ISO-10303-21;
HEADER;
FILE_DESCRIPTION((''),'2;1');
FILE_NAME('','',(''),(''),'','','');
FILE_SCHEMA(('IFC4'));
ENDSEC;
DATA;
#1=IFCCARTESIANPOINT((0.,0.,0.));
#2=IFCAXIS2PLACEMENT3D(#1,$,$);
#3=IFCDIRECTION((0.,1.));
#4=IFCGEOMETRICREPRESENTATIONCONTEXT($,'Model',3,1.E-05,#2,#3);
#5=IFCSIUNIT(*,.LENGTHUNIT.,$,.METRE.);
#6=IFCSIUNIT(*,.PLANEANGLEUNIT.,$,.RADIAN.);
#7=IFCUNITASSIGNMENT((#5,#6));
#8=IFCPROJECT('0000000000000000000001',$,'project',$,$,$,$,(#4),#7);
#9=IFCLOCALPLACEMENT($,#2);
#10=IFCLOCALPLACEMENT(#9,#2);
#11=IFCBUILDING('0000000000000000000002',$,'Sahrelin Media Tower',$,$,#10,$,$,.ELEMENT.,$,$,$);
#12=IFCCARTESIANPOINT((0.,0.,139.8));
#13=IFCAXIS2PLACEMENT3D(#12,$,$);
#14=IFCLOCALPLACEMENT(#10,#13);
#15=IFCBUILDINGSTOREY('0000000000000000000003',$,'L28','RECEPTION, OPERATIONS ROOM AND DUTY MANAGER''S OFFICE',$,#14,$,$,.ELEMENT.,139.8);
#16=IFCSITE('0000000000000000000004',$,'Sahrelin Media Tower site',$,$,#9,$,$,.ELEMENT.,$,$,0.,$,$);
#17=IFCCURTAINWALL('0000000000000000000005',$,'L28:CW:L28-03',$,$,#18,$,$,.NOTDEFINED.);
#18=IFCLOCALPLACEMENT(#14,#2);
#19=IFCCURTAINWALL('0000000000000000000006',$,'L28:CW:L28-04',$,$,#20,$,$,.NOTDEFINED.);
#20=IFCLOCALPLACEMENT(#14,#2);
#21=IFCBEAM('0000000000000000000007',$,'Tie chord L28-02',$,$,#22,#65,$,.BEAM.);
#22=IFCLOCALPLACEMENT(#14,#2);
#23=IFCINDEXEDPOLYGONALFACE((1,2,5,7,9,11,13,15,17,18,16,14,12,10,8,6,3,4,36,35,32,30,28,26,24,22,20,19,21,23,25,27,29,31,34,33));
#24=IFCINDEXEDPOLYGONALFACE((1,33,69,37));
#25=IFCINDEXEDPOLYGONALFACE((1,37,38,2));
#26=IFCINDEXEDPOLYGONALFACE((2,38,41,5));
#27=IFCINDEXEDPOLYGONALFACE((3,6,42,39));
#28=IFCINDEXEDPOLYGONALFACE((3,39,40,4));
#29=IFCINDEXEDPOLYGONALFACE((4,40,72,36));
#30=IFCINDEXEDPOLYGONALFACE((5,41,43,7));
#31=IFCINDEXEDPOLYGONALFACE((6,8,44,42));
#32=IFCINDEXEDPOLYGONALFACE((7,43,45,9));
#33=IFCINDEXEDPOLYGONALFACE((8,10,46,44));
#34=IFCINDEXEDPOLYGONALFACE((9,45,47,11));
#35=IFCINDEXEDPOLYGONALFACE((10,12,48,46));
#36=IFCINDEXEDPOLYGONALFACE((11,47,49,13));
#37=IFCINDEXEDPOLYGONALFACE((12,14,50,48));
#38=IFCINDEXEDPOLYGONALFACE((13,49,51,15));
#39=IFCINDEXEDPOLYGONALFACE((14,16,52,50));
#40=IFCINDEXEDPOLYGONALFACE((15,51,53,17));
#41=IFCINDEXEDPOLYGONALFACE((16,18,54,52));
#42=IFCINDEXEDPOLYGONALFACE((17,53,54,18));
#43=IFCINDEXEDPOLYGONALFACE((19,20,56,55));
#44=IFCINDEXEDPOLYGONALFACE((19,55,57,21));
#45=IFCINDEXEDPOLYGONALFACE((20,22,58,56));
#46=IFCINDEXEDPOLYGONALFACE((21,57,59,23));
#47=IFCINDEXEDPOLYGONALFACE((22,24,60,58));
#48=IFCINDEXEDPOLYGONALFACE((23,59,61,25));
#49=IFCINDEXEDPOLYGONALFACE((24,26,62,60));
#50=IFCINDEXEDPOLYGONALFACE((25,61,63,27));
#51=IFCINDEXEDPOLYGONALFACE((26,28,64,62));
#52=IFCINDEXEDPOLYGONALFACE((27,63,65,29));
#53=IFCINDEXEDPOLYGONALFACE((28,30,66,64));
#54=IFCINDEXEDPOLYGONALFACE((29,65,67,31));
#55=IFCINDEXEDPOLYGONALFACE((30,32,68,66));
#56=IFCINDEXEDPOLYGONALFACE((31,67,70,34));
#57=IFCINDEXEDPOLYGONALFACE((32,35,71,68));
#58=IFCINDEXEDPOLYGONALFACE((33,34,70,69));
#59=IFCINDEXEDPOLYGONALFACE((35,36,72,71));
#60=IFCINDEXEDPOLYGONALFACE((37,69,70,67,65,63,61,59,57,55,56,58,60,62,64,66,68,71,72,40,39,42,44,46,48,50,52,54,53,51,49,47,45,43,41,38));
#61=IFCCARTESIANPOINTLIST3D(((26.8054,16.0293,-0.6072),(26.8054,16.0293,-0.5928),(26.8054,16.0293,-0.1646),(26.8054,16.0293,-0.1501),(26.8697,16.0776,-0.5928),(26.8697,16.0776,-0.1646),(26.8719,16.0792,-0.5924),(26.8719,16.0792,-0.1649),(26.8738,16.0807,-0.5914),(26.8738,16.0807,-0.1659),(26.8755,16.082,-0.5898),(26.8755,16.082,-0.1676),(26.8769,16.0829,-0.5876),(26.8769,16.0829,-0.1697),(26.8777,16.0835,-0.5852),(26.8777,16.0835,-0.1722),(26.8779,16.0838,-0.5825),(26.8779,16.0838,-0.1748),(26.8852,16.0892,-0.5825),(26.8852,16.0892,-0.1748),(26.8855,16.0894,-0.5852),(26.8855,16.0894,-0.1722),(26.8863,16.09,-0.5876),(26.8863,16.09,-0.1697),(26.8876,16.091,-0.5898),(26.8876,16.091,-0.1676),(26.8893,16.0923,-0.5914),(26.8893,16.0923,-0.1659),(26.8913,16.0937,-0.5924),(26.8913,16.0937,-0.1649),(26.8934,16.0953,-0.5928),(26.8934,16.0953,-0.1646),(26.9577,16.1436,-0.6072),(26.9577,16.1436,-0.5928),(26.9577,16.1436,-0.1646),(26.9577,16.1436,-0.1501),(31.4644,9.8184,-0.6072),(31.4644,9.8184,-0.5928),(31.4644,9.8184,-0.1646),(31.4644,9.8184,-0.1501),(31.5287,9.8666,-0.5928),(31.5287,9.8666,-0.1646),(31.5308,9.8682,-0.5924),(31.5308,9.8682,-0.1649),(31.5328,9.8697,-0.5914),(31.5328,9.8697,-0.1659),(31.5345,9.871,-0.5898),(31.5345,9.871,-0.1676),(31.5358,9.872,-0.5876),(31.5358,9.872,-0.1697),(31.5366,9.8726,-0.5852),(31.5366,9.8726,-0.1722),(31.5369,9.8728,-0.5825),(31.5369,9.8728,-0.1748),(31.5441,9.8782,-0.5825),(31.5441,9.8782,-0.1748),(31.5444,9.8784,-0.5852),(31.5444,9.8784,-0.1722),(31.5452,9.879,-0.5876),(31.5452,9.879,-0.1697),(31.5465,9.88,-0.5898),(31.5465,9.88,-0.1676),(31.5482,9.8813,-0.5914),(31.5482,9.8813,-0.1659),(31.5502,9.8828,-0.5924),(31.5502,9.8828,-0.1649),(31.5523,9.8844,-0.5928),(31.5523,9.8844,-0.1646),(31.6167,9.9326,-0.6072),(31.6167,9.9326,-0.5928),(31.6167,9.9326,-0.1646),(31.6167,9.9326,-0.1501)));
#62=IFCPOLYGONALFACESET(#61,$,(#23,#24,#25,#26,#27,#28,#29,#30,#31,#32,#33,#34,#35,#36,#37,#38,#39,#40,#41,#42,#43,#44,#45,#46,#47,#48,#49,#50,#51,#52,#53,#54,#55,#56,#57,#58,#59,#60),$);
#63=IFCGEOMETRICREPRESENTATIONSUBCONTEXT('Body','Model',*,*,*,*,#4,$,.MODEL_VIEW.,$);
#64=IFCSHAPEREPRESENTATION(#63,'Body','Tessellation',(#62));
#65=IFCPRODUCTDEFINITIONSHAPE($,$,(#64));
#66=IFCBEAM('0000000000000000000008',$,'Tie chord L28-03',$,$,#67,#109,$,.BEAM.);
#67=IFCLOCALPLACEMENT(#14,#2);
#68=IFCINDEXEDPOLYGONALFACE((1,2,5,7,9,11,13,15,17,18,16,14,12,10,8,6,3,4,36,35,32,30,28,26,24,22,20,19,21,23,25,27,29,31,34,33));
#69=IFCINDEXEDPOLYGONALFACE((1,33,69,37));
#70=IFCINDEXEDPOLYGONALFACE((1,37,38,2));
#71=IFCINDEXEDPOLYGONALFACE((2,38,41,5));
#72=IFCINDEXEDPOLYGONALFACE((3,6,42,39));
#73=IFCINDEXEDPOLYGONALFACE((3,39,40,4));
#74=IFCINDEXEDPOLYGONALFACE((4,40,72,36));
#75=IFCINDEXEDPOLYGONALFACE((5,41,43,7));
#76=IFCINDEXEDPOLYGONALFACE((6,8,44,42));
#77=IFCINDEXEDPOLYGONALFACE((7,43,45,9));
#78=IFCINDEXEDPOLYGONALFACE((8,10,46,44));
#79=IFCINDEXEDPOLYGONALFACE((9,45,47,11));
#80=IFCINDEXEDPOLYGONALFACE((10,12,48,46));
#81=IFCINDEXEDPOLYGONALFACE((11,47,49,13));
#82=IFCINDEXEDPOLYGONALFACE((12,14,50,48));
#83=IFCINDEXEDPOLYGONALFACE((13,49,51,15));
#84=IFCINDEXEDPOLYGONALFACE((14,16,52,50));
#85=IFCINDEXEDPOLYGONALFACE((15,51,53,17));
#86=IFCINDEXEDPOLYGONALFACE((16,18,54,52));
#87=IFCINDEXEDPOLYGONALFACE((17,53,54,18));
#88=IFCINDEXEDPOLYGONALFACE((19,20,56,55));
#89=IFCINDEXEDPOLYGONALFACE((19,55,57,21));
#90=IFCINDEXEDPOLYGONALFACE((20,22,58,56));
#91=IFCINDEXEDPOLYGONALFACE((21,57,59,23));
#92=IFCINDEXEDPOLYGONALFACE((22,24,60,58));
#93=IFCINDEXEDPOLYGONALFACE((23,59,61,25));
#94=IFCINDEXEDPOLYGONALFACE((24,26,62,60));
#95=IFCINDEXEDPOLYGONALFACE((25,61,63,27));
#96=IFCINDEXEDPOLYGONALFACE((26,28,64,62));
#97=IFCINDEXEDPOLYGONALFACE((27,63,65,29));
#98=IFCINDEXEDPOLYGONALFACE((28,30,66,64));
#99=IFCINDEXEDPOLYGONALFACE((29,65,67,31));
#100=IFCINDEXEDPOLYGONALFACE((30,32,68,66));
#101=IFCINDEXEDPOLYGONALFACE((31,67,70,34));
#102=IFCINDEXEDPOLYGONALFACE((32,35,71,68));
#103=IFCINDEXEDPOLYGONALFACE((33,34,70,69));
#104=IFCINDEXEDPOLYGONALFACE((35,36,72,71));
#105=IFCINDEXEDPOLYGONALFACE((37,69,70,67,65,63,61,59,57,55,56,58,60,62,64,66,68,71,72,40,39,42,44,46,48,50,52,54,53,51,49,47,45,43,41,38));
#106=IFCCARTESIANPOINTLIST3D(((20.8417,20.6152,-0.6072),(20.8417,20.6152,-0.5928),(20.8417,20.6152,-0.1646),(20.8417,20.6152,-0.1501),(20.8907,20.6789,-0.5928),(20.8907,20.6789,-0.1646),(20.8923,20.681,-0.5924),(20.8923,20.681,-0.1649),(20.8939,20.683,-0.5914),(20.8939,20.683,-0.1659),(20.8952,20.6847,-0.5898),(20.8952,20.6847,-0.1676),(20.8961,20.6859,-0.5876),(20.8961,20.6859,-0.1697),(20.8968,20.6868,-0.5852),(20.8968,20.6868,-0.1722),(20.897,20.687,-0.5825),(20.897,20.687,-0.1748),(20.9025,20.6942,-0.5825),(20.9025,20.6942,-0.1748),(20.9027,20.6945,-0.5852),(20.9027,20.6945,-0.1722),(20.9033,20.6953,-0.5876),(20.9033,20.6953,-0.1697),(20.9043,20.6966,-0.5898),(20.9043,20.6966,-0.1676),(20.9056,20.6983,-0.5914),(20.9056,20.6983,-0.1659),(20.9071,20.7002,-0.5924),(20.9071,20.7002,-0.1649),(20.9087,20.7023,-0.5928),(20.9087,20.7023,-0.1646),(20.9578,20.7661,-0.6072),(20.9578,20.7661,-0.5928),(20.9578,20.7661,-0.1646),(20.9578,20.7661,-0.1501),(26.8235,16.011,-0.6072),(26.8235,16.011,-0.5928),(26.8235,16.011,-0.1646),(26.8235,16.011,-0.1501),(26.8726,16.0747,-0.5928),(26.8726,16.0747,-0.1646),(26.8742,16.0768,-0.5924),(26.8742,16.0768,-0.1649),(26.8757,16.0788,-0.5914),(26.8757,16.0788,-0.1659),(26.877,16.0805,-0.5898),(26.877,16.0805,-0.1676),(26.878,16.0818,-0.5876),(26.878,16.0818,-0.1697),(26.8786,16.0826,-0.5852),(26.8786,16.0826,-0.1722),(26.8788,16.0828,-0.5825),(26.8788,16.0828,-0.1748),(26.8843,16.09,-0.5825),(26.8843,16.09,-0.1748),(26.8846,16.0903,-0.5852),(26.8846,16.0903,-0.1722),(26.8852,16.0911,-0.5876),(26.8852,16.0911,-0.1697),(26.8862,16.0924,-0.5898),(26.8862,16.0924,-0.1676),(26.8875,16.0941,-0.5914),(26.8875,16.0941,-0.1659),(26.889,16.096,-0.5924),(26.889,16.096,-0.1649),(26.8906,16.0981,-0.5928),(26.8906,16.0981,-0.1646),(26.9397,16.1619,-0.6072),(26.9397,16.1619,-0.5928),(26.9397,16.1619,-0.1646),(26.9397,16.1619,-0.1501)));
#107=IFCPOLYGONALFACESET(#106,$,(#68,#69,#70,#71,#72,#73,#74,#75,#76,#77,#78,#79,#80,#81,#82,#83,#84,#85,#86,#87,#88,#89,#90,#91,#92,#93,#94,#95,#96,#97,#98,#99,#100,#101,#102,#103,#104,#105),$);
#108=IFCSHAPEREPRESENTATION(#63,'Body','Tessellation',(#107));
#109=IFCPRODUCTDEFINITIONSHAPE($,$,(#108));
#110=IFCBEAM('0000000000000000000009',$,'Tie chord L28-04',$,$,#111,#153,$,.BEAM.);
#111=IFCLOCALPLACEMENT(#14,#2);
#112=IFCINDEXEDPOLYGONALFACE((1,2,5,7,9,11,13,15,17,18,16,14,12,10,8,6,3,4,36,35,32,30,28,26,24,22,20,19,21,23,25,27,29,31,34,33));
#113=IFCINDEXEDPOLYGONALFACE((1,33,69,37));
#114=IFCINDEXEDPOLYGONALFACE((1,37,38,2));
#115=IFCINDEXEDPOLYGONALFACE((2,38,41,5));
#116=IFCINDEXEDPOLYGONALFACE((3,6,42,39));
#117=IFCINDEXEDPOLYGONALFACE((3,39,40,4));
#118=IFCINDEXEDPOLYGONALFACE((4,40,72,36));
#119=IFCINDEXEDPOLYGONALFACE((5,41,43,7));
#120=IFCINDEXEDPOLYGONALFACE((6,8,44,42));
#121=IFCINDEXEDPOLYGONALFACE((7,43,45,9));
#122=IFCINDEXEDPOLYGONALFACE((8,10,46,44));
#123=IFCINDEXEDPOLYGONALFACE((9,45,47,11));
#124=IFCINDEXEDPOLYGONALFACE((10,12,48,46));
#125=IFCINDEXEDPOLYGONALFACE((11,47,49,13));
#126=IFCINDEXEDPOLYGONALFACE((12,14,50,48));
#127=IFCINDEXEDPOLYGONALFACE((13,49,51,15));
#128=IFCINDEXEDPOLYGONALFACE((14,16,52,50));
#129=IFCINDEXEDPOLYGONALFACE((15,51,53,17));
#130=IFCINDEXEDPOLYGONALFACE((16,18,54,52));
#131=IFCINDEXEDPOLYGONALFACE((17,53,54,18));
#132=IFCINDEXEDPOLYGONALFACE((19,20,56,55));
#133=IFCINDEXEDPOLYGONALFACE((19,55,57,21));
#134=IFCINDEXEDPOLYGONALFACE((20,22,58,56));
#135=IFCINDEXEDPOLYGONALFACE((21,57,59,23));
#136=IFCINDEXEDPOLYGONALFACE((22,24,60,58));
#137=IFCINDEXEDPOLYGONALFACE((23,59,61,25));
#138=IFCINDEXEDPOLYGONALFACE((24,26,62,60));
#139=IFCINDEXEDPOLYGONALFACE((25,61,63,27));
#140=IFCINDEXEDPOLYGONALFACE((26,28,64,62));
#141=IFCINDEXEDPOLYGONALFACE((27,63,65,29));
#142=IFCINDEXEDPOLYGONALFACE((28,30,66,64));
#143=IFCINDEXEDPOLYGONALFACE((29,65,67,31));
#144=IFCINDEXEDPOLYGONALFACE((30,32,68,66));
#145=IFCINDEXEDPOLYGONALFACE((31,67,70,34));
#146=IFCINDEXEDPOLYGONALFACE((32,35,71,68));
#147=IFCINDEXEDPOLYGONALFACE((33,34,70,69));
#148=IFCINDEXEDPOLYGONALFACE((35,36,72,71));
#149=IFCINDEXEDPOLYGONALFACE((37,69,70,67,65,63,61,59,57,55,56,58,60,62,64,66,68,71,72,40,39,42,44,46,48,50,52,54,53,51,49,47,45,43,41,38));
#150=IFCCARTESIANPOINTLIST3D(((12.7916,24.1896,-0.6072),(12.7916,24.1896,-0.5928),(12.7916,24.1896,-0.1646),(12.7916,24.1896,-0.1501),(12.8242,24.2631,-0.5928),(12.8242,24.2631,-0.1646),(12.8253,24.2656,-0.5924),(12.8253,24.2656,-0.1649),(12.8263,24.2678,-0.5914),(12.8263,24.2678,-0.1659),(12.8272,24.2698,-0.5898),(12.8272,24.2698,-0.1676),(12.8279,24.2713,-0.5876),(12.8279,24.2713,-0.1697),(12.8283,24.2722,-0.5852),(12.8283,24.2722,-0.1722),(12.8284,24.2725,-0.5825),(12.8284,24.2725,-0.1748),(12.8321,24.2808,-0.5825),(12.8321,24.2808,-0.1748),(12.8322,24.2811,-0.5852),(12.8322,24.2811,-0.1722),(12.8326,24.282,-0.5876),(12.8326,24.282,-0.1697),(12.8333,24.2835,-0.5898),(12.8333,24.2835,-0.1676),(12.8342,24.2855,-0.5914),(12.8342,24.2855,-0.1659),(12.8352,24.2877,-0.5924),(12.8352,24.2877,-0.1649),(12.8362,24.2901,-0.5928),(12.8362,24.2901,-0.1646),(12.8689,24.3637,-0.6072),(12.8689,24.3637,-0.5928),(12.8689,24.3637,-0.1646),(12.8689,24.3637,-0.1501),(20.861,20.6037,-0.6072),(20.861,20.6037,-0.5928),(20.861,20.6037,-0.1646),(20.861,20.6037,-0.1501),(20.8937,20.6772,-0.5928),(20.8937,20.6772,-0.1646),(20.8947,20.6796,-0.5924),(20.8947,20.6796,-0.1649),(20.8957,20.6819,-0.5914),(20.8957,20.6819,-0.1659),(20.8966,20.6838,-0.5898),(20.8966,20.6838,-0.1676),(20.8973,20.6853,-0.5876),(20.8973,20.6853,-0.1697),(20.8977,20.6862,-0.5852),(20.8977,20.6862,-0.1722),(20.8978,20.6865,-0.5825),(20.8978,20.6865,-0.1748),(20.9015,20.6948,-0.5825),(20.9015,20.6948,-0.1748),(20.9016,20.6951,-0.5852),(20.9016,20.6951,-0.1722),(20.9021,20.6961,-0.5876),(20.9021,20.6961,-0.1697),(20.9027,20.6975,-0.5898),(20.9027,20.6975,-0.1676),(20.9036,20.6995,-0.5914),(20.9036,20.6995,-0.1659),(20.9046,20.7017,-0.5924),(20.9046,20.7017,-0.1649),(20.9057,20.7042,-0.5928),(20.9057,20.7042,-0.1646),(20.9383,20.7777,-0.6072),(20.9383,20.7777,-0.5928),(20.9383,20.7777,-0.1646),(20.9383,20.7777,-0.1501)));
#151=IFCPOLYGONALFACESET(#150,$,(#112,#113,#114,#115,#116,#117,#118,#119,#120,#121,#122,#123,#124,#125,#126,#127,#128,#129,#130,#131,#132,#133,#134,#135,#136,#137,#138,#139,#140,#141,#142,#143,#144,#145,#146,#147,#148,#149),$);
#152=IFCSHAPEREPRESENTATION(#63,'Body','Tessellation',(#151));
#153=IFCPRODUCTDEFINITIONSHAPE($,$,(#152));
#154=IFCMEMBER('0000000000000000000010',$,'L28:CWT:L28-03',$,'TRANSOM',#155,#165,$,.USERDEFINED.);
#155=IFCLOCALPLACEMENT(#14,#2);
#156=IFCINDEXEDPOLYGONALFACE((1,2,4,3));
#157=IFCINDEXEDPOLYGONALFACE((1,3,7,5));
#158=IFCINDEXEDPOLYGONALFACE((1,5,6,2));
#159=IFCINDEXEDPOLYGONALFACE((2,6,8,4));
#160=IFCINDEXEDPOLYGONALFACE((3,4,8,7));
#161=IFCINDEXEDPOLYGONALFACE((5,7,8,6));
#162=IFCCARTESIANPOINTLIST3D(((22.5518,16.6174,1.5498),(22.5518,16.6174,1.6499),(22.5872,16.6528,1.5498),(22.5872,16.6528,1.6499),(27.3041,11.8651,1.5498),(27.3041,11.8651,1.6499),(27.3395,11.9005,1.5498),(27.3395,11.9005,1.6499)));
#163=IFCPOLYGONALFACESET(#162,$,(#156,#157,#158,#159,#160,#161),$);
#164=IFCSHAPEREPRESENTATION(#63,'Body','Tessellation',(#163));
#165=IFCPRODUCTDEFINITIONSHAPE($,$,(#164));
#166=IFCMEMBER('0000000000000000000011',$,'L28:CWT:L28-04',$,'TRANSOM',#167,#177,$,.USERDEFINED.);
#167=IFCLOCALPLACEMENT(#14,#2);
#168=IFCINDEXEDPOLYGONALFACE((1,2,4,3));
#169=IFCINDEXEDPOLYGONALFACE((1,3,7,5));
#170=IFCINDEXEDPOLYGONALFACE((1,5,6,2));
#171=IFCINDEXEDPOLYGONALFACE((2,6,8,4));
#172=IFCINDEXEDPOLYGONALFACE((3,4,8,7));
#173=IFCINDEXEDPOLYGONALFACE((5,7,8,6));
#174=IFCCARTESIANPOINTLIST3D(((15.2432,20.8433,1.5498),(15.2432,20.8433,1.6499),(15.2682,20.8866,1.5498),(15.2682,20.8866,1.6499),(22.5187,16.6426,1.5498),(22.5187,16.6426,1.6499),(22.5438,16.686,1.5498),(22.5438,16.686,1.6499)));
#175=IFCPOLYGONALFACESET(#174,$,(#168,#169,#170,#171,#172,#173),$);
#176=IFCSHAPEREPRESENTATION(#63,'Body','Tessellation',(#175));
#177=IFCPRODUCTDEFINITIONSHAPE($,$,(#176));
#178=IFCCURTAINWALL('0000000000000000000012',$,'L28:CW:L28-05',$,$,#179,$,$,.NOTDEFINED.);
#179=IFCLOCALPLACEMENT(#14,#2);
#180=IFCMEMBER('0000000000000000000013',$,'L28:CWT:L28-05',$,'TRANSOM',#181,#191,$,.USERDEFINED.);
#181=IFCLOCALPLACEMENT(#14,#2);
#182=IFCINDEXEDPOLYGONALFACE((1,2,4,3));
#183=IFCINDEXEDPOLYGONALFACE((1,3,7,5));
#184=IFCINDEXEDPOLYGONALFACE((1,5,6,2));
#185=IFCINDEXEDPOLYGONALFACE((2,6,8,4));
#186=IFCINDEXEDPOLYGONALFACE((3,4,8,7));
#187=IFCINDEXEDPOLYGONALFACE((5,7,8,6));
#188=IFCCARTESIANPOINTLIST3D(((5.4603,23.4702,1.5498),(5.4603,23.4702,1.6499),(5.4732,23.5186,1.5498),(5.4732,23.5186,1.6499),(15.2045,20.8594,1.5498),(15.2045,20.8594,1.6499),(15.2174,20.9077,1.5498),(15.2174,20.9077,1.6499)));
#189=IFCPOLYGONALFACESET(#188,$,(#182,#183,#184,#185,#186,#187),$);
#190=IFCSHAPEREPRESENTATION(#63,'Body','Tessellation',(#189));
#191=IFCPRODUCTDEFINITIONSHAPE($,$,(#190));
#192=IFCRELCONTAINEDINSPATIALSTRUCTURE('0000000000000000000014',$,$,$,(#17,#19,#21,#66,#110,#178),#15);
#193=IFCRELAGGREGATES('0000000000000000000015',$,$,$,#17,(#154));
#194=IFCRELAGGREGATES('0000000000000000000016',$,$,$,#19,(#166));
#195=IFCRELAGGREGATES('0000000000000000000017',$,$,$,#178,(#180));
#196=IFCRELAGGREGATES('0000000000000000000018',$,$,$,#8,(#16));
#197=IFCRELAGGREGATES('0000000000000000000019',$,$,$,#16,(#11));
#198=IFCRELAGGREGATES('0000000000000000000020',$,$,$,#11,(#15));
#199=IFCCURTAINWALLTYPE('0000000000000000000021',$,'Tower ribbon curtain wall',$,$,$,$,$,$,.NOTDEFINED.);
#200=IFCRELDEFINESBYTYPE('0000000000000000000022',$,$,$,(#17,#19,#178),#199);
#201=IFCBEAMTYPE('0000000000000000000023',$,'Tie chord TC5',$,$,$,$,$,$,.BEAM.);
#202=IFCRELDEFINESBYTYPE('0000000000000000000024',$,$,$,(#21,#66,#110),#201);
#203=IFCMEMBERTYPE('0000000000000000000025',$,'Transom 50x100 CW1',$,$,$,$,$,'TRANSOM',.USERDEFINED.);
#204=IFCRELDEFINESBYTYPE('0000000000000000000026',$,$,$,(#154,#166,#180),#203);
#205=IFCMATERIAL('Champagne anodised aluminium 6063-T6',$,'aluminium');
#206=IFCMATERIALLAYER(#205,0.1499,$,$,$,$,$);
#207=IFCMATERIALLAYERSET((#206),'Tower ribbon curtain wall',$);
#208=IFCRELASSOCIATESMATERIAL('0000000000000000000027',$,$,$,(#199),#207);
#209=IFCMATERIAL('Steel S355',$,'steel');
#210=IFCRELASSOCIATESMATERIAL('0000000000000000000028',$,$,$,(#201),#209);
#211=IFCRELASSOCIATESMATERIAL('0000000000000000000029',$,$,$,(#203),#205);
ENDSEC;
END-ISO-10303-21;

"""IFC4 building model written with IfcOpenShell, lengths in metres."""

from ifc_helpers import new_model, si_unit, direction, frame, origin, origin_2d, place, context, subcontext, project, spatial, rectangle, i_section, extrude, material, layer, layer_set, material_profile, profile_set, type_object, element, aggregate, save


model = new_model("IFC4")

# Units and contexts
model_context = context("Model", 3, precision=1e-05, world=origin(), true_north=direction((0.0, 1.0)))
body_context = subcontext(model_context, "Body", "Model", "MODEL_VIEW")
ifc_project = project(units=[si_unit("LENGTHUNIT", "METRE"), si_unit("PLANEANGLEUNIT", "RADIAN")], contexts=[model_context])

# Site, building, storey
site_placement = place(None, origin())
site = spatial("IfcSite", under=ifc_project, at=site_placement, Name="Sahrelin Media Tower site", CompositionType="ELEMENT", RefElevation=0.0)
building_placement = place(site_placement, origin())
building = spatial("IfcBuilding", under=site, at=building_placement, Name="Sahrelin Media Tower", CompositionType="ELEMENT")
storey_placement = place(building_placement, frame((0.0, 0.0, 139.8)))
storey = spatial("IfcBuildingStorey", under=building, at=storey_placement, Name="L28", Description="RECEPTION, OPERATIONS ROOM AND DUTY MANAGER'S OFFICE", CompositionType="ELEMENT", Elevation=139.8)

# Shared definitions
ifc_material_1 = material(Name="Steel S355", Category="steel")

# Curtain walls
ifc_material_2 = material(Name="Champagne anodised aluminium 6063-T6", Category="aluminium")
ifc_layer_1 = layer(ifc_material_2, 0.1499)
ifc_layer_set_1 = layer_set([ifc_layer_1], Name="Tower ribbon curtain wall")
curtain_wall_type = type_object("IfcCurtainWallType", Name="Tower ribbon curtain wall", PredefinedType="NOTDEFINED", material=ifc_layer_set_1)
curtain_wall_1_placement = place(storey_placement, frame((25.0835, 14.3967, 0.0), z_axis=(0.0, 0.0, 1.0), x_axis=(1.0, 0.0, 0.0)))
curtain_wall_1 = element("IfcCurtainWall", 1, at=curtain_wall_1_placement, inside=storey, type_object=curtain_wall_type, Name="L28:CW:L28-03", PredefinedType="NOTDEFINED")
curtain_wall_2_placement = place(storey_placement, frame((18.991, 18.9336, 0.0), z_axis=(0.0, 0.0, 1.0), x_axis=(1.0, 0.0, 0.0)))
curtain_wall_2 = element("IfcCurtainWall", 2, at=curtain_wall_2_placement, inside=storey, type_object=curtain_wall_type, Name="L28:CW:L28-04", PredefinedType="NOTDEFINED")

# Beams
ifc_material_profile_1 = material_profile(ifc_material_1, i_section(OverallWidth=0.1904, OverallDepth=0.457, WebThickness=0.009, FlangeThickness=0.0144, FilletRadius=0.0103, at=origin_2d()), Name="UB 457x191x74")
ifc_profile_set_1 = profile_set([ifc_material_profile_1], Name="Steel S355")
beam_type_1 = type_object("IfcBeamType", Name="Tie chord TC5", PredefinedType="BEAM", material=ifc_profile_set_1)
beam_1_placement = place(storey_placement, frame((31.5405, 9.8755, -0.3787), z_axis=(-0.60006, 0.799955, 0.0), x_axis=(-0.799955, -0.60006, 0.0)))
element("IfcBeam", 3, at=beam_1_placement, inside=storey, type_object=beam_type_1, Name="Tie chord L28-02", PredefinedType="BEAM", context=body_context, shape_type="SweptSolid", body=[
    extrude(i_section(OverallWidth=0.1904, OverallDepth=0.457, WebThickness=0.009, FlangeThickness=0.0144, FilletRadius=0.0103, at=origin_2d()), origin(), (0.0, 0.0, 1.0), 7.7642),
])
beam_2_placement = place(storey_placement, frame((26.8816, 16.0864, -0.3787), z_axis=(-0.792447, 0.60994, 0.0), x_axis=(-0.60994, -0.792447, 0.0)))
element("IfcBeam", 4, at=beam_2_placement, inside=storey, type_object=beam_type_1, Name="Tie chord L28-03", PredefinedType="BEAM", context=body_context, shape_type="SweptSolid", body=[
    extrude(i_section(OverallWidth=0.1904, OverallDepth=0.457, WebThickness=0.009, FlangeThickness=0.0144, FilletRadius=0.0103, at=origin_2d()), origin(), (0.0, 0.0, 1.0), 7.5486),
])
beam_3_placement = place(storey_placement, frame((20.8997, 20.6907, -0.3787), z_axis=(-0.91383, 0.406097, 0.0), x_axis=(-0.406097, -0.91383, 0.0)))
element("IfcBeam", 5, at=beam_3_placement, inside=storey, type_object=beam_type_1, Name="Tie chord L28-04", PredefinedType="BEAM", context=body_context, shape_type="SweptSolid", body=[
    extrude(i_section(OverallWidth=0.1904, OverallDepth=0.457, WebThickness=0.009, FlangeThickness=0.0144, FilletRadius=0.0103, at=origin_2d()), origin(), (0.0, 0.0, 1.0), 8.8303),
])

# Members
ifc_material_profile_2 = material_profile(ifc_material_2, rectangle(XDim=0.05, YDim=0.1001, at=origin_2d()), Name="Transom 50x100")
ifc_profile_set_2 = profile_set([ifc_material_profile_2], Name="Champagne anodised aluminium 6063-T6")
member_type_1 = type_object("IfcMemberType", Name="Transom 50x100 CW1", ElementType="TRANSOM", PredefinedType="USERDEFINED", material=ifc_profile_set_2)
member_1_placement = place(storey_placement, frame((27.3218, 11.8828, 1.5999), z_axis=(-0.707107, 0.707107, 0.0), x_axis=(-0.707107, -0.707107, 0.0)))
member_1 = element("IfcMember", 6, at=member_1_placement, type_object=member_type_1, Name="L28:CWT:L28-03", ObjectType="TRANSOM", PredefinedType="USERDEFINED", context=body_context, shape_type="SweptSolid", body=[
    extrude(rectangle(XDim=0.05, YDim=0.1001, at=origin_2d()), origin(), (0.0, 0.0, 1.0), 6.7207),
])
member_2_placement = place(storey_placement, frame((22.5312, 16.6643, 1.5999), z_axis=(-0.866021, 0.500008, 0.0), x_axis=(-0.500008, -0.866021, 0.0)))
member_2 = element("IfcMember", 7, at=member_2_placement, type_object=member_type_1, Name="L28:CWT:L28-04", ObjectType="TRANSOM", PredefinedType="USERDEFINED", context=body_context, shape_type="SweptSolid", body=[
    extrude(rectangle(XDim=0.05, YDim=0.1001, at=origin_2d()), origin(), (0.0, 0.0, 1.0), 8.4011),
])

# Curtain wall, member
curtain_wall_3_placement = place(storey_placement, frame((10.3894, 22.3772, 0.0), z_axis=(0.0, 0.0, 1.0), x_axis=(1.0, 0.0, 0.0)))
curtain_wall_3 = element("IfcCurtainWall", 8, at=curtain_wall_3_placement, inside=storey, type_object=curtain_wall_type, Name="L28:CW:L28-05", PredefinedType="NOTDEFINED")
member_3_placement = place(storey_placement, frame((15.2109, 20.8835, 1.5999), z_axis=(-0.965928, 0.25881, 0.0), x_axis=(-0.25881, -0.965928, 0.0)))
member_3 = element("IfcMember", 9, at=member_3_placement, type_object=member_type_1, Name="L28:CWT:L28-05", ObjectType="TRANSOM", PredefinedType="USERDEFINED", context=body_context, shape_type="SweptSolid", body=[
    extrude(rectangle(XDim=0.05, YDim=0.1001, at=origin_2d()), origin(), (0.0, 0.0, 1.0), 10.0879),
])

aggregate(curtain_wall_1, [member_1])
aggregate(curtain_wall_2, [member_2])
aggregate(curtain_wall_3, [member_3])

save(model, "model.ifc")
